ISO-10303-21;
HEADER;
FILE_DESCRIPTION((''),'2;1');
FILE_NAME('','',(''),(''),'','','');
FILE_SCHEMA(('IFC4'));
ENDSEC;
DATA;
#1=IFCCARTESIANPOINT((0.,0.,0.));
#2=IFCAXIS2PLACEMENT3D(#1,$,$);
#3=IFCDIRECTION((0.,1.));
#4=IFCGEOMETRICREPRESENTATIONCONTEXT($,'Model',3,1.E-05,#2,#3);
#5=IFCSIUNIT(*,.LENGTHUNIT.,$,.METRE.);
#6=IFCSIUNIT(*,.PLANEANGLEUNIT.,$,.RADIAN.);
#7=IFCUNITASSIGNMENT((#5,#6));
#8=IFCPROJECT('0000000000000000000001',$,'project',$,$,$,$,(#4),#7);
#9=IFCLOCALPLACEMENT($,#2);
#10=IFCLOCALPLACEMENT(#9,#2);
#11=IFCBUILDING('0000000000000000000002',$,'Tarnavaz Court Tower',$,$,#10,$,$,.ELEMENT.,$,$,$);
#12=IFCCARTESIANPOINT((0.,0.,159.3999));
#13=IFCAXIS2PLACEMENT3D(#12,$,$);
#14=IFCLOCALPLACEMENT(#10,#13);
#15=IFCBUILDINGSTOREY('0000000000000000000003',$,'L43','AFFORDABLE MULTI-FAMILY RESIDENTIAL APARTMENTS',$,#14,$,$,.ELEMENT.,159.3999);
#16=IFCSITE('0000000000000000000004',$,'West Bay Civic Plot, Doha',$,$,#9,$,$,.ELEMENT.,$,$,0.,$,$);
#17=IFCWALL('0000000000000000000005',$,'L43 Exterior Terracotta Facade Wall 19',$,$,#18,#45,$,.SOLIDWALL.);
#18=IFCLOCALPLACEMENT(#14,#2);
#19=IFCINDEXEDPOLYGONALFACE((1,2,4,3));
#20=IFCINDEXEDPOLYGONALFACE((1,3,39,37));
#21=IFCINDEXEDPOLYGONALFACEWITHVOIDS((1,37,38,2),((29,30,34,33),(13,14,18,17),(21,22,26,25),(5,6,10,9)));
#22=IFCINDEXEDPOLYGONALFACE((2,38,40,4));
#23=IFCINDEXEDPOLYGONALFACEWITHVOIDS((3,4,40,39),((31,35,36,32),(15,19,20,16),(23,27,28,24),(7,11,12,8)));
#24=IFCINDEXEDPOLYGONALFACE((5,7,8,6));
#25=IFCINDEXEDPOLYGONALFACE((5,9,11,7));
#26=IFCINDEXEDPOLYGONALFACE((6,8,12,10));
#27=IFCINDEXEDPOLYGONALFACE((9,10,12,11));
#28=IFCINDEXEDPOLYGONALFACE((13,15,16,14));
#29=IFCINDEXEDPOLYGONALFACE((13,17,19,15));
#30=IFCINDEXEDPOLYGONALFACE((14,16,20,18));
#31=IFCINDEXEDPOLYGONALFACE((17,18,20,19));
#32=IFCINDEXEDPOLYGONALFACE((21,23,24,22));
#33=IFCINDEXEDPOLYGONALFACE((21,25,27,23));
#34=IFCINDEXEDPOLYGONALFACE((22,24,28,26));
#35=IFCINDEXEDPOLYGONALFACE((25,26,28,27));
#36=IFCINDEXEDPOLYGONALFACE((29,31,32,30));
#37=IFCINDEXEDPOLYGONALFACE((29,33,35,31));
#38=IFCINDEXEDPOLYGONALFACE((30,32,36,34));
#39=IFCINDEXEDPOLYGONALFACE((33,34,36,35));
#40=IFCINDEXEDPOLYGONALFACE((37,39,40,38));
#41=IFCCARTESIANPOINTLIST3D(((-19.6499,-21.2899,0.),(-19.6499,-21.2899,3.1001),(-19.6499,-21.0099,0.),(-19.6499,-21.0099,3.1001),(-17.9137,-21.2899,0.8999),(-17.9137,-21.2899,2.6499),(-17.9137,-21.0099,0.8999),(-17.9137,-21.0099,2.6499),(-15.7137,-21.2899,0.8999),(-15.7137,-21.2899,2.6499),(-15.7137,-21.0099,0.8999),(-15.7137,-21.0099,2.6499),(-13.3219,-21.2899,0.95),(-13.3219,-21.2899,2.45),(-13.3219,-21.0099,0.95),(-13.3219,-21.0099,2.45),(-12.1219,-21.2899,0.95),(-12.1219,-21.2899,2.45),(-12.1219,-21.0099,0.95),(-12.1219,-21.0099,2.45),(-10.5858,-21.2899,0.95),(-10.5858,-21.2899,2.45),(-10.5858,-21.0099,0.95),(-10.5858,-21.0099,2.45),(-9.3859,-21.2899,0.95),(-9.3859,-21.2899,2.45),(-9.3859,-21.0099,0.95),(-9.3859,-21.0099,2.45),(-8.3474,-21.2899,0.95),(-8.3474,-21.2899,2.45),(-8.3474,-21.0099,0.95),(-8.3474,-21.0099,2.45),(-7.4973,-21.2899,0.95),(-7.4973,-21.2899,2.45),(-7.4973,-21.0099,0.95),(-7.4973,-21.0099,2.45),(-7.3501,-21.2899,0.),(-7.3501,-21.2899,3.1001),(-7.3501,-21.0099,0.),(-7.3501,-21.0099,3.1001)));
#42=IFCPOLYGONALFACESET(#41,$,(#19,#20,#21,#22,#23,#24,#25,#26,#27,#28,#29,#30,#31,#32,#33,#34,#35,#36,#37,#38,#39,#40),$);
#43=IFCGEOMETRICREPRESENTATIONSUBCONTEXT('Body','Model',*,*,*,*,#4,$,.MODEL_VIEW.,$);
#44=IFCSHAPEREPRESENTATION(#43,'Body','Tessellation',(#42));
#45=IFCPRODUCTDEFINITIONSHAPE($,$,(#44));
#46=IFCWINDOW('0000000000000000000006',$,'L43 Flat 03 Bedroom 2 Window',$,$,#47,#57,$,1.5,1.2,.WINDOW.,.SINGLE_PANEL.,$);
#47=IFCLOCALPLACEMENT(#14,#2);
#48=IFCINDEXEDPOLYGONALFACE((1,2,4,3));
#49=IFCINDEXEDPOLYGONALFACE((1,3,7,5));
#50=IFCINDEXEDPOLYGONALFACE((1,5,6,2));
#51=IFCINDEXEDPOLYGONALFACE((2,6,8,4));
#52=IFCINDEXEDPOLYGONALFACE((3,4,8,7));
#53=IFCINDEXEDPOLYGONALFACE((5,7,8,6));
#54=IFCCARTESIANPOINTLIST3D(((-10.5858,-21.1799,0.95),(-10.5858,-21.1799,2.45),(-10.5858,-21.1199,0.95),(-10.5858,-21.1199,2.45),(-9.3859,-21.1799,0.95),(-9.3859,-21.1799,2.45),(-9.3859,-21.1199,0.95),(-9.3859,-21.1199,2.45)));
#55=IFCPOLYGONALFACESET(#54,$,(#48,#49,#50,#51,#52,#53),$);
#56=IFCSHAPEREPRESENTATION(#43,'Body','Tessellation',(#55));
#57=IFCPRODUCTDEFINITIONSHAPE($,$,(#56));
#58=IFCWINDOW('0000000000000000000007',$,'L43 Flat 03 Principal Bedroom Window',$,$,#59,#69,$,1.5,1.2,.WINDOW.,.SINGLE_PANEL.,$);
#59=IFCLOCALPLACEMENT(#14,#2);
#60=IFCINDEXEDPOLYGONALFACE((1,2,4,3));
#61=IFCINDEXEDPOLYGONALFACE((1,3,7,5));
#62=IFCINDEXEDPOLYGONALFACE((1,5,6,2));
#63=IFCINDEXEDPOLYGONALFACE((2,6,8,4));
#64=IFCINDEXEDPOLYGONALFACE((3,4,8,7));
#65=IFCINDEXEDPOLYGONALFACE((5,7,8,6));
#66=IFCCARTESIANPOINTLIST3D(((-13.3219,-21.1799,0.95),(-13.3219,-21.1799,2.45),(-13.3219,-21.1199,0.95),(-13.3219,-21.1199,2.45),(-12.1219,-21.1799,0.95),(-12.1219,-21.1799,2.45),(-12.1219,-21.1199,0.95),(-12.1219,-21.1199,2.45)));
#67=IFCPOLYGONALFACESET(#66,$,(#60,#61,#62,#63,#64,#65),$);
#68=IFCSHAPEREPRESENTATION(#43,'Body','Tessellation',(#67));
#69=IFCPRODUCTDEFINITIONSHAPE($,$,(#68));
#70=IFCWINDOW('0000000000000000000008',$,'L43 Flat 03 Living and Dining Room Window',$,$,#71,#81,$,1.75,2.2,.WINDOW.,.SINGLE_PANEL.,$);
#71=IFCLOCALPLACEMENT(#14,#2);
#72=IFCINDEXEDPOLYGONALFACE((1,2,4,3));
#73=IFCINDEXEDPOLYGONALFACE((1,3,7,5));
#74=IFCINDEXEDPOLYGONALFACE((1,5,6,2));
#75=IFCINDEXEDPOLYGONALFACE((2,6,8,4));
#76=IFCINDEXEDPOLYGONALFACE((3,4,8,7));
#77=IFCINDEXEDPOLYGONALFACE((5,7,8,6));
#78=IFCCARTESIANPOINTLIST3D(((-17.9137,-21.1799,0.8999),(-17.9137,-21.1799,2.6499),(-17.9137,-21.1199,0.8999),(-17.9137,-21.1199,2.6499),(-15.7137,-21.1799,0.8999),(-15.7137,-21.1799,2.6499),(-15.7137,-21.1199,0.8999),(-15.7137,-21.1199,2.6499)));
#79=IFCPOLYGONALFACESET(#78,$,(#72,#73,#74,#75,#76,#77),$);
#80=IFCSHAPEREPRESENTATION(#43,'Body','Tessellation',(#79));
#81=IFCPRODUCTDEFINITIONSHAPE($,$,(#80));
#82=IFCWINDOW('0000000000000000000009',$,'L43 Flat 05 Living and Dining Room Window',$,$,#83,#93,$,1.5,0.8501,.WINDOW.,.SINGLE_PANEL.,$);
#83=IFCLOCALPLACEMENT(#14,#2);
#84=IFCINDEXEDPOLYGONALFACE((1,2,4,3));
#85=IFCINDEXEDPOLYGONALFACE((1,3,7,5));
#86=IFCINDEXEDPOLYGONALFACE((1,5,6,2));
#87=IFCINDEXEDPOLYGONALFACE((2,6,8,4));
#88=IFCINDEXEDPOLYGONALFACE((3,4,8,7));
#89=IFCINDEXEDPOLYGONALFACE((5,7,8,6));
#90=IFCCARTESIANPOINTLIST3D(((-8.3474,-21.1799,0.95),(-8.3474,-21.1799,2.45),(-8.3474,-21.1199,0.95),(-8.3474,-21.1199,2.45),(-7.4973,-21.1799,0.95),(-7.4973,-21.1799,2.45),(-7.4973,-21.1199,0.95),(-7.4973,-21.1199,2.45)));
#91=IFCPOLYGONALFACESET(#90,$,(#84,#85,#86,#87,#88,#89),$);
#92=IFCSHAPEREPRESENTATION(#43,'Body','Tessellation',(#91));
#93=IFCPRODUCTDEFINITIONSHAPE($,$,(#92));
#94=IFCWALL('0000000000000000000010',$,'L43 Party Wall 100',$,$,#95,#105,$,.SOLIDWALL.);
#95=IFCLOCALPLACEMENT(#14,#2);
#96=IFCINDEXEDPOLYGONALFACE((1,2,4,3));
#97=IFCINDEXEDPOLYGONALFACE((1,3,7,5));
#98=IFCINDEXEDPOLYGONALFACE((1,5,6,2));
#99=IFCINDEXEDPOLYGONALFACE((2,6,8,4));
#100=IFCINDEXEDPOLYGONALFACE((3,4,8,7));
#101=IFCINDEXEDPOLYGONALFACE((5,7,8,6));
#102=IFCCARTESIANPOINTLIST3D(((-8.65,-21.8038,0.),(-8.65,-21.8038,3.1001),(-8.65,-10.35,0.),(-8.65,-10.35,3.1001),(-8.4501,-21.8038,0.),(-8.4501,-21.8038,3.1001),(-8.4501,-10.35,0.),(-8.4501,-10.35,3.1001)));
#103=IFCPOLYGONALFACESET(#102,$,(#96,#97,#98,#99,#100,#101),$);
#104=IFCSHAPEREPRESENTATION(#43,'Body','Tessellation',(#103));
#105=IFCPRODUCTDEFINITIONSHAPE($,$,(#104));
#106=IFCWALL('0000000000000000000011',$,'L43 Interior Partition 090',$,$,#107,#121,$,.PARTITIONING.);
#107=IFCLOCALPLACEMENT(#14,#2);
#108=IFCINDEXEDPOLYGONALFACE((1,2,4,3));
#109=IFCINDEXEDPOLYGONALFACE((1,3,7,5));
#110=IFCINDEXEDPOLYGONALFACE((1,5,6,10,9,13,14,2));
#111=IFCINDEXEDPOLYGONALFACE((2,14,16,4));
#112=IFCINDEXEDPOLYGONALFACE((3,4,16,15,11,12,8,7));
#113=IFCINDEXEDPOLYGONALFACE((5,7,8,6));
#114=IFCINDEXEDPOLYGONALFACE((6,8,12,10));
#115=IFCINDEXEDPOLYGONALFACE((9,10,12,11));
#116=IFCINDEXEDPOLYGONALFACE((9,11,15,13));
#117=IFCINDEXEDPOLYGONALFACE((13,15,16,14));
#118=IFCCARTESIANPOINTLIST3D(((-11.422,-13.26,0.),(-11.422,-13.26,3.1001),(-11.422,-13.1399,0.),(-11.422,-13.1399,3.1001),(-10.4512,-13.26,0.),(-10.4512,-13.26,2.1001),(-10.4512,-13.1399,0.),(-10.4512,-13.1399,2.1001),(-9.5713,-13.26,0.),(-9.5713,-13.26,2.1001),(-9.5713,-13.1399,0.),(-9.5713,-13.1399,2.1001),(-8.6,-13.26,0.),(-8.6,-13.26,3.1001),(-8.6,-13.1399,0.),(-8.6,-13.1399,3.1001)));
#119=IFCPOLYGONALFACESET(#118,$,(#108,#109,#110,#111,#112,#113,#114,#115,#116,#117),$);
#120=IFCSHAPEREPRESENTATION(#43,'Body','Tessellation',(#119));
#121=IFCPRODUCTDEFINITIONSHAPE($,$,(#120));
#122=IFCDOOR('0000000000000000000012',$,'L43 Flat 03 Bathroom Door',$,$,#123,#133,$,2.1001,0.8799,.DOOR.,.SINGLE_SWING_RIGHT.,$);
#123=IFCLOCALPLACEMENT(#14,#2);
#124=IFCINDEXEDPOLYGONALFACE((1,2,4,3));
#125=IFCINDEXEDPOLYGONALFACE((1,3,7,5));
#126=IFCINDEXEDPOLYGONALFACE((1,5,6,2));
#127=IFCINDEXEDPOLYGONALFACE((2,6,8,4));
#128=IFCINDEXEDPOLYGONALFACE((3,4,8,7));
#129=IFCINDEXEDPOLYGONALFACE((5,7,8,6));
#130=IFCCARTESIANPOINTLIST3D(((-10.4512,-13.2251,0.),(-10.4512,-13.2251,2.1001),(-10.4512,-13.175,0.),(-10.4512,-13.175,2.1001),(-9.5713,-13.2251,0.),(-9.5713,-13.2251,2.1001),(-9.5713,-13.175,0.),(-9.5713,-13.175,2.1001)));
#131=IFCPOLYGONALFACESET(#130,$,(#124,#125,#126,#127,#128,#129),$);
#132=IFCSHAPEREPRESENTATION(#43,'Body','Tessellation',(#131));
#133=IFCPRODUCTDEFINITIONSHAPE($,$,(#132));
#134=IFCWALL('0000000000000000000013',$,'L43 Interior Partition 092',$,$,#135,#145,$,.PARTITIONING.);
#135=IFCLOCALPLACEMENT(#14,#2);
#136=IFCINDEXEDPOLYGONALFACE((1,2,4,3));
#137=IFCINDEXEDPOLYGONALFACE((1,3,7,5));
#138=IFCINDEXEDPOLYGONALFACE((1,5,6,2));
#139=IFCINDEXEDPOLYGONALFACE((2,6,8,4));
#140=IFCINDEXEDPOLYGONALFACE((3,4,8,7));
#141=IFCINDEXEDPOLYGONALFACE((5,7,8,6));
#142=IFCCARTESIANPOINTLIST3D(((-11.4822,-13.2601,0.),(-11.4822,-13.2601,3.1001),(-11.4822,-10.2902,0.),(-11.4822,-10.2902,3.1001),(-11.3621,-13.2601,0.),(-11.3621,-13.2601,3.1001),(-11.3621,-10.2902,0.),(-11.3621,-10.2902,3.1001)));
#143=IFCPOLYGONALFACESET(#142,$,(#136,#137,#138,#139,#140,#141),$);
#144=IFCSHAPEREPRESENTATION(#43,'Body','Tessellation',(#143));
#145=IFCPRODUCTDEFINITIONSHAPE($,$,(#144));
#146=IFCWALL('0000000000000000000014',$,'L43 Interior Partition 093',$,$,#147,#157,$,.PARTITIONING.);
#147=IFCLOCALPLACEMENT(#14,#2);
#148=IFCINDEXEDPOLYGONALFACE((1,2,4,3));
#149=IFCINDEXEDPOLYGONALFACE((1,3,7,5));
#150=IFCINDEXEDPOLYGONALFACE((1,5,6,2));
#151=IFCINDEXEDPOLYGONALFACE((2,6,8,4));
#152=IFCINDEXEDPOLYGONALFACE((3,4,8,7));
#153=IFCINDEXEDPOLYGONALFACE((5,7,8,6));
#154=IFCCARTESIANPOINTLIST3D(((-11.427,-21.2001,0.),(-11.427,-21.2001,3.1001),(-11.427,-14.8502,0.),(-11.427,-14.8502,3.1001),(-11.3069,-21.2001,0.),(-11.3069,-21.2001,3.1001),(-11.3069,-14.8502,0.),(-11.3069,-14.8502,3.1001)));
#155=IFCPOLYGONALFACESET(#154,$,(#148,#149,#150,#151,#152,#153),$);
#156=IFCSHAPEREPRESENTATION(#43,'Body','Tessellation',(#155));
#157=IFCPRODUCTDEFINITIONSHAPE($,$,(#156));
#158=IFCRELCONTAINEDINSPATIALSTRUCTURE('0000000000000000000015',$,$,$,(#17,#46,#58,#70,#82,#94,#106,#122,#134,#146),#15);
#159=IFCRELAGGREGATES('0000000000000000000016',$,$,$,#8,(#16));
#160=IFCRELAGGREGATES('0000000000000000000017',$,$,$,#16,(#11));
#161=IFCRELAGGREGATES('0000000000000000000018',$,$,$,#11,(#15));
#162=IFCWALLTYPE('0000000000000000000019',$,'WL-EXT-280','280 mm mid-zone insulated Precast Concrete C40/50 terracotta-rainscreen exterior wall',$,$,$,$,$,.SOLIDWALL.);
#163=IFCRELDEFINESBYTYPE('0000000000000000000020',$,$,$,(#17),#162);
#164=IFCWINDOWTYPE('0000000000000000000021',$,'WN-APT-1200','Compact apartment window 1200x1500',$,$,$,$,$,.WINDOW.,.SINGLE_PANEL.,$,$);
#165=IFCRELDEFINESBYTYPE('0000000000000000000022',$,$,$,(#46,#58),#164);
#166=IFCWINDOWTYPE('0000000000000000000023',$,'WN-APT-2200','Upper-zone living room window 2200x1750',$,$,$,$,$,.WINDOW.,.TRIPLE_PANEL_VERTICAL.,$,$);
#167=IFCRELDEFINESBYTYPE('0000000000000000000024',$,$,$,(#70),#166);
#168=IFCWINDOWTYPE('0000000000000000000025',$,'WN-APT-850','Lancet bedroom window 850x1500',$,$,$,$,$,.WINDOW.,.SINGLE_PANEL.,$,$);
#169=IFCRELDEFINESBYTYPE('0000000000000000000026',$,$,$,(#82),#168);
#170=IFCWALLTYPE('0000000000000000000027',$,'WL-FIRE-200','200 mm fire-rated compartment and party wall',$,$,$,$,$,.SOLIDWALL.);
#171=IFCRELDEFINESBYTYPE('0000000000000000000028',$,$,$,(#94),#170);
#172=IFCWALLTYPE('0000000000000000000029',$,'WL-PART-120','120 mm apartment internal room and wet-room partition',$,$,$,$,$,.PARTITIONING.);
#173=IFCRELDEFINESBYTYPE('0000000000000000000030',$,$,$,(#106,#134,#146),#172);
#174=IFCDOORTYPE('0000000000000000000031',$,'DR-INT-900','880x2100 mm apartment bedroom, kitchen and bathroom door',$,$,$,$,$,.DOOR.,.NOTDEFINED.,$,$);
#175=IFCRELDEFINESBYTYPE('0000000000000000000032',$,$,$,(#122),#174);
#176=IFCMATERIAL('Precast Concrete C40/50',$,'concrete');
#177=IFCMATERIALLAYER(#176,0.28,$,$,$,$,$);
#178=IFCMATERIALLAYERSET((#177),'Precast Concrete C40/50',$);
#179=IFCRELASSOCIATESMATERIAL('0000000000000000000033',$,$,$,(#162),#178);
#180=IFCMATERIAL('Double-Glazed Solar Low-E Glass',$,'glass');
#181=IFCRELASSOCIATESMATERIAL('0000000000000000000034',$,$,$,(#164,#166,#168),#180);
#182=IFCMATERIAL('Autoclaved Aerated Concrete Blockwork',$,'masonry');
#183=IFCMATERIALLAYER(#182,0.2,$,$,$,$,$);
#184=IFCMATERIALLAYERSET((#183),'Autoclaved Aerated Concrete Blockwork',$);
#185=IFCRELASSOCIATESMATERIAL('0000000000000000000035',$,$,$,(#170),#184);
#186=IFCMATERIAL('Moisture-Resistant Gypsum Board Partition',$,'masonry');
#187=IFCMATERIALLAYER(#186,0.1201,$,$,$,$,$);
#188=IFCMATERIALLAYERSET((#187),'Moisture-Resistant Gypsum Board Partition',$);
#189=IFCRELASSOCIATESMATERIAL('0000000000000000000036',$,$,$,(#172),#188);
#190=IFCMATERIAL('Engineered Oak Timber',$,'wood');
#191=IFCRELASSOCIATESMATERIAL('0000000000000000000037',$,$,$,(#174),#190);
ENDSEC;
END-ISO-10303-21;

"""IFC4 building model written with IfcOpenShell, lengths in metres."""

from ifc_helpers import new_model, si_unit, direction, frame, frame_2d, origin, place, context, subcontext, project, spatial, rectangle, extrude, material, layer, layer_set, type_object, element, fill, save


model = new_model("IFC4")

# Units and contexts
model_context = context("Model", 3, precision=1e-05, world=origin(), true_north=direction((0.0, 1.0)))
body_context = subcontext(model_context, "Body", "Model", "MODEL_VIEW")
ifc_project = project(units=[si_unit("LENGTHUNIT", "METRE"), si_unit("PLANEANGLEUNIT", "RADIAN")], contexts=[model_context])

# Site, building, storey
site_placement = place(None, origin())
site = spatial("IfcSite", under=ifc_project, at=site_placement, Name="West Bay Civic Plot, Doha", CompositionType="ELEMENT", RefElevation=0.0)
building_placement = place(site_placement, origin())
building = spatial("IfcBuilding", under=site, at=building_placement, Name="Tarnavaz Court Tower", CompositionType="ELEMENT")
storey_placement = place(building_placement, frame((0.0, 0.0, 159.3999)))
storey = spatial("IfcBuildingStorey", under=building, at=storey_placement, Name="L43", Description="AFFORDABLE MULTI-FAMILY RESIDENTIAL APARTMENTS", CompositionType="ELEMENT", Elevation=159.3999)

# Shared definitions
ifc_material_1 = material(Name="Double-Glazed Solar Low-E Glass", Category="glass")

# Shared definitions
ifc_material_2 = material(Name="Precast Concrete C40/50", Category="concrete")
ifc_layer_1 = layer(ifc_material_2, 0.28)
ifc_layer_set_1 = layer_set([ifc_layer_1], Name="Precast Concrete C40/50")
wall_type_1 = type_object("IfcWallType", Name="WL-EXT-280", Description="280 mm mid-zone insulated Precast Concrete C40/50 terracotta-rainscreen exterior wall", PredefinedType="SOLIDWALL", material=ifc_layer_set_1)
window_type_1 = type_object("IfcWindowType", Name="WN-APT-1200", Description="Compact apartment window 1200x1500", PartitioningType="SINGLE_PANEL", PredefinedType="WINDOW", material=ifc_material_1)

# Wall, openings, windows
wall_1_placement = place(storey_placement, frame((-7.3501, -21.1499, 0.0), z_axis=(0.0, 0.0, 1.0), x_axis=(-1.0, 0.0, 0.0)))
wall_1 = element("IfcWall", 1, at=wall_1_placement, inside=storey, type_object=wall_type_1, Name="L43 Exterior Terracotta Facade Wall 19", PredefinedType="SOLIDWALL", context=body_context, shape_type="SweptSolid", body=[
    extrude(rectangle(XDim=12.2998, YDim=0.28, at=frame_2d((6.1499, 0.0))), origin(), (0.0, 0.0, 1.0), 3.1001),
])
opening_1_placement = place(wall_1_placement, frame((0.1472, 0.0, 0.95)))
opening_1 = element("IfcOpeningElement", 2, at=opening_1_placement, cuts=wall_1, PredefinedType="OPENING", context=body_context, shape_type="SweptSolid", body=[
    extrude(rectangle(XDim=0.8501, YDim=1.5, at=frame_2d((0.425, 0.75))), frame((0.0, 0.1499, 0.0), z_axis=(0.0, -1.0, 0.0), x_axis=(1.0, 0.0, 0.0)), (0.0, 0.0, 1.0), 0.3),
])
opening_2_placement = place(wall_1_placement, frame((2.0356, 0.0, 0.95)))
opening_2 = element("IfcOpeningElement", 3, at=opening_2_placement, cuts=wall_1, PredefinedType="OPENING", context=body_context, shape_type="SweptSolid", body=[
    extrude(rectangle(XDim=1.2, YDim=1.5, at=frame_2d((0.6001, 0.75))), frame((0.0, 0.1499, 0.0), z_axis=(0.0, -1.0, 0.0), x_axis=(1.0, 0.0, 0.0)), (0.0, 0.0, 1.0), 0.3),
])
opening_3_placement = place(wall_1_placement, frame((4.7717, 0.0, 0.95)))
opening_3 = element("IfcOpeningElement", 4, at=opening_3_placement, cuts=wall_1, PredefinedType="OPENING", context=body_context, shape_type="SweptSolid", body=[
    extrude(rectangle(XDim=1.2, YDim=1.5, at=frame_2d((0.6001, 0.75))), frame((0.0, 0.1499, 0.0), z_axis=(0.0, -1.0, 0.0), x_axis=(1.0, 0.0, 0.0)), (0.0, 0.0, 1.0), 0.3),
])
opening_4_placement = place(wall_1_placement, frame((8.3635, 0.0, 0.8999)))
opening_4 = element("IfcOpeningElement", 5, at=opening_4_placement, cuts=wall_1, PredefinedType="OPENING", context=body_context, shape_type="SweptSolid", body=[
    extrude(rectangle(XDim=2.2, YDim=1.75, at=frame_2d((1.1001, 0.875))), frame((0.0, 0.1499, 0.0), z_axis=(0.0, -1.0, 0.0), x_axis=(1.0, 0.0, 0.0)), (0.0, 0.0, 1.0), 0.3),
])
window_1_placement = place(opening_2_placement, origin())
window_1 = element("IfcWindow", 6, at=window_1_placement, inside=storey, type_object=window_type_1, Name="L43 Flat 03 Bedroom 2 Window", OverallHeight=1.5, OverallWidth=1.2, PartitioningType="SINGLE_PANEL", PredefinedType="WINDOW", context=body_context, shape_type="SweptSolid", body=[
    extrude(rectangle(XDim=1.2, YDim=1.5, at=frame_2d((0.6001, 0.75))), frame((0.0, 0.03, 0.0), z_axis=(0.0, -1.0, 0.0), x_axis=(1.0, 0.0, 0.0)), (0.0, 0.0, 1.0), 0.0601),
])
fill(opening_2, window_1)
window_2_placement = place(opening_3_placement, origin())
window_2 = element("IfcWindow", 7, at=window_2_placement, inside=storey, type_object=window_type_1, Name="L43 Flat 03 Principal Bedroom Window", OverallHeight=1.5, OverallWidth=1.2, PartitioningType="SINGLE_PANEL", PredefinedType="WINDOW", context=body_context, shape_type="SweptSolid", body=[
    extrude(rectangle(XDim=1.2, YDim=1.5, at=frame_2d((0.6001, 0.75))), frame((0.0, 0.03, 0.0), z_axis=(0.0, -1.0, 0.0), x_axis=(1.0, 0.0, 0.0)), (0.0, 0.0, 1.0), 0.0601),
])
fill(opening_3, window_2)
window_type_2 = type_object("IfcWindowType", Name="WN-APT-2200", Description="Upper-zone living room window 2200x1750", PartitioningType="TRIPLE_PANEL_VERTICAL", PredefinedType="WINDOW", material=ifc_material_1)
window_3_placement = place(opening_4_placement, origin())
window_3 = element("IfcWindow", 8, at=window_3_placement, inside=storey, type_object=window_type_2, Name="L43 Flat 03 Living and Dining Room Window", OverallHeight=1.75, OverallWidth=2.2, PartitioningType="SINGLE_PANEL", PredefinedType="WINDOW", context=body_context, shape_type="SweptSolid", body=[
    extrude(rectangle(XDim=2.2, YDim=1.75, at=frame_2d((1.1001, 0.875))), frame((0.0, 0.03, 0.0), z_axis=(0.0, -1.0, 0.0), x_axis=(1.0, 0.0, 0.0)), (0.0, 0.0, 1.0), 0.0601),
])
fill(opening_4, window_3)
window_type_3 = type_object("IfcWindowType", Name="WN-APT-850", Description="Lancet bedroom window 850x1500", PartitioningType="SINGLE_PANEL", PredefinedType="WINDOW", material=ifc_material_1)
window_4_placement = place(opening_1_placement, origin())
window_4 = element("IfcWindow", 9, at=window_4_placement, inside=storey, type_object=window_type_3, Name="L43 Flat 05 Living and Dining Room Window", OverallHeight=1.5, OverallWidth=0.8501, PartitioningType="SINGLE_PANEL", PredefinedType="WINDOW", context=body_context, shape_type="SweptSolid", body=[
    extrude(rectangle(XDim=0.8501, YDim=1.5, at=frame_2d((0.425, 0.75))), frame((0.0, 0.03, 0.0), z_axis=(0.0, -1.0, 0.0), x_axis=(1.0, 0.0, 0.0)), (0.0, 0.0, 1.0), 0.0601),
])
fill(opening_1, window_4)

# Wall
ifc_material_3 = material(Name="Autoclaved Aerated Concrete Blockwork", Category="masonry")
ifc_layer_2 = layer(ifc_material_3, 0.2)
ifc_layer_set_2 = layer_set([ifc_layer_2], Name="Autoclaved Aerated Concrete Blockwork")
wall_type_2 = type_object("IfcWallType", Name="WL-FIRE-200", Description="200 mm fire-rated compartment and party wall", PredefinedType="SOLIDWALL", material=ifc_layer_set_2)
wall_2_placement = place(storey_placement, frame((-8.55, -21.804, 0.0), z_axis=(0.0, 0.0, 1.0), x_axis=(0.0, 1.0, 0.0)))
element("IfcWall", 10, at=wall_2_placement, inside=storey, type_object=wall_type_2, Name="L43 Party Wall 100", PredefinedType="SOLIDWALL", context=body_context, shape_type="SweptSolid", body=[
    extrude(rectangle(XDim=11.4539, YDim=0.2, at=frame_2d((5.7271, 0.0))), origin(), (0.0, 0.0, 1.0), 3.1001),
])

# Wall, opening, door
ifc_material_4 = material(Name="Moisture-Resistant Gypsum Board Partition", Category="masonry")
ifc_layer_3 = layer(ifc_material_4, 0.1201)
ifc_layer_set_3 = layer_set([ifc_layer_3], Name="Moisture-Resistant Gypsum Board Partition")
wall_type_3 = type_object("IfcWallType", Name="WL-PART-120", Description="120 mm apartment internal room and wet-room partition", PredefinedType="PARTITIONING", material=ifc_layer_set_3)
wall_3_placement = place(storey_placement, frame((-11.4221, -13.2, 0.0), z_axis=(0.0, 0.0, 1.0), x_axis=(1.0, 0.0, 0.0)))
wall_3 = element("IfcWall", 11, at=wall_3_placement, inside=storey, type_object=wall_type_3, Name="L43 Interior Partition 090", PredefinedType="PARTITIONING", context=body_context, shape_type="SweptSolid", body=[
    extrude(rectangle(XDim=2.822, YDim=0.1201, at=frame_2d((1.4111, 0.0))), origin(), (0.0, 0.0, 1.0), 3.1001),
])
opening_5_placement = place(wall_3_placement, frame((0.9709, 0.0, 0.0)))
opening_5 = element("IfcOpeningElement", 12, at=opening_5_placement, cuts=wall_3, PredefinedType="OPENING", context=body_context, shape_type="SweptSolid", body=[
    extrude(rectangle(XDim=0.8799, YDim=2.1001, at=frame_2d((0.4399, 1.05))), frame((0.0, 0.0701, 0.0), z_axis=(0.0, -1.0, 0.0), x_axis=(1.0, 0.0, 0.0)), (0.0, 0.0, 1.0), 0.1401),
])
ifc_material_5 = material(Name="Engineered Oak Timber", Category="wood")
door_type = type_object("IfcDoorType", Name="DR-INT-900", Description="880x2100 mm apartment bedroom, kitchen and bathroom door", OperationType="NOTDEFINED", PredefinedType="DOOR", material=ifc_material_5)
door_1_placement = place(opening_5_placement, origin())
door_1 = element("IfcDoor", 13, at=door_1_placement, inside=storey, type_object=door_type, Name="L43 Flat 03 Bathroom Door", OperationType="SINGLE_SWING_RIGHT", OverallHeight=2.1001, OverallWidth=0.8799, PredefinedType="DOOR", context=body_context, shape_type="SweptSolid", body=[
    extrude(rectangle(XDim=0.8799, YDim=2.1001, at=frame_2d((0.4399, 1.05))), frame((0.0, 0.0249, 0.0), z_axis=(0.0, -1.0, 0.0), x_axis=(1.0, 0.0, 0.0)), (0.0, 0.0, 1.0), 0.05),
])
fill(opening_5, door_1)

# Walls
wall_4_placement = place(storey_placement, frame((-11.4221, -13.26, 0.0), z_axis=(0.0, 0.0, 1.0), x_axis=(0.0, 1.0, 0.0)))
element("IfcWall", 14, at=wall_4_placement, inside=storey, type_object=wall_type_3, Name="L43 Interior Partition 092", PredefinedType="PARTITIONING", context=body_context, shape_type="SweptSolid", body=[
    extrude(rectangle(XDim=2.97, YDim=0.1201, at=frame_2d((1.4849, 0.0))), origin(), (0.0, 0.0, 1.0), 3.1001),
])
wall_5_placement = place(storey_placement, frame((-11.3669, -21.2, 0.0), z_axis=(0.0, 0.0, 1.0), x_axis=(0.0, 1.0, 0.0)))
element("IfcWall", 15, at=wall_5_placement, inside=storey, type_object=wall_type_3, Name="L43 Interior Partition 093", PredefinedType="PARTITIONING", context=body_context, shape_type="SweptSolid", body=[
    extrude(rectangle(XDim=6.3499, YDim=0.1201, at=frame_2d((3.1748, 0.0))), origin(), (0.0, 0.0, 1.0), 3.1001),
])

save(model, "model.ifc")
